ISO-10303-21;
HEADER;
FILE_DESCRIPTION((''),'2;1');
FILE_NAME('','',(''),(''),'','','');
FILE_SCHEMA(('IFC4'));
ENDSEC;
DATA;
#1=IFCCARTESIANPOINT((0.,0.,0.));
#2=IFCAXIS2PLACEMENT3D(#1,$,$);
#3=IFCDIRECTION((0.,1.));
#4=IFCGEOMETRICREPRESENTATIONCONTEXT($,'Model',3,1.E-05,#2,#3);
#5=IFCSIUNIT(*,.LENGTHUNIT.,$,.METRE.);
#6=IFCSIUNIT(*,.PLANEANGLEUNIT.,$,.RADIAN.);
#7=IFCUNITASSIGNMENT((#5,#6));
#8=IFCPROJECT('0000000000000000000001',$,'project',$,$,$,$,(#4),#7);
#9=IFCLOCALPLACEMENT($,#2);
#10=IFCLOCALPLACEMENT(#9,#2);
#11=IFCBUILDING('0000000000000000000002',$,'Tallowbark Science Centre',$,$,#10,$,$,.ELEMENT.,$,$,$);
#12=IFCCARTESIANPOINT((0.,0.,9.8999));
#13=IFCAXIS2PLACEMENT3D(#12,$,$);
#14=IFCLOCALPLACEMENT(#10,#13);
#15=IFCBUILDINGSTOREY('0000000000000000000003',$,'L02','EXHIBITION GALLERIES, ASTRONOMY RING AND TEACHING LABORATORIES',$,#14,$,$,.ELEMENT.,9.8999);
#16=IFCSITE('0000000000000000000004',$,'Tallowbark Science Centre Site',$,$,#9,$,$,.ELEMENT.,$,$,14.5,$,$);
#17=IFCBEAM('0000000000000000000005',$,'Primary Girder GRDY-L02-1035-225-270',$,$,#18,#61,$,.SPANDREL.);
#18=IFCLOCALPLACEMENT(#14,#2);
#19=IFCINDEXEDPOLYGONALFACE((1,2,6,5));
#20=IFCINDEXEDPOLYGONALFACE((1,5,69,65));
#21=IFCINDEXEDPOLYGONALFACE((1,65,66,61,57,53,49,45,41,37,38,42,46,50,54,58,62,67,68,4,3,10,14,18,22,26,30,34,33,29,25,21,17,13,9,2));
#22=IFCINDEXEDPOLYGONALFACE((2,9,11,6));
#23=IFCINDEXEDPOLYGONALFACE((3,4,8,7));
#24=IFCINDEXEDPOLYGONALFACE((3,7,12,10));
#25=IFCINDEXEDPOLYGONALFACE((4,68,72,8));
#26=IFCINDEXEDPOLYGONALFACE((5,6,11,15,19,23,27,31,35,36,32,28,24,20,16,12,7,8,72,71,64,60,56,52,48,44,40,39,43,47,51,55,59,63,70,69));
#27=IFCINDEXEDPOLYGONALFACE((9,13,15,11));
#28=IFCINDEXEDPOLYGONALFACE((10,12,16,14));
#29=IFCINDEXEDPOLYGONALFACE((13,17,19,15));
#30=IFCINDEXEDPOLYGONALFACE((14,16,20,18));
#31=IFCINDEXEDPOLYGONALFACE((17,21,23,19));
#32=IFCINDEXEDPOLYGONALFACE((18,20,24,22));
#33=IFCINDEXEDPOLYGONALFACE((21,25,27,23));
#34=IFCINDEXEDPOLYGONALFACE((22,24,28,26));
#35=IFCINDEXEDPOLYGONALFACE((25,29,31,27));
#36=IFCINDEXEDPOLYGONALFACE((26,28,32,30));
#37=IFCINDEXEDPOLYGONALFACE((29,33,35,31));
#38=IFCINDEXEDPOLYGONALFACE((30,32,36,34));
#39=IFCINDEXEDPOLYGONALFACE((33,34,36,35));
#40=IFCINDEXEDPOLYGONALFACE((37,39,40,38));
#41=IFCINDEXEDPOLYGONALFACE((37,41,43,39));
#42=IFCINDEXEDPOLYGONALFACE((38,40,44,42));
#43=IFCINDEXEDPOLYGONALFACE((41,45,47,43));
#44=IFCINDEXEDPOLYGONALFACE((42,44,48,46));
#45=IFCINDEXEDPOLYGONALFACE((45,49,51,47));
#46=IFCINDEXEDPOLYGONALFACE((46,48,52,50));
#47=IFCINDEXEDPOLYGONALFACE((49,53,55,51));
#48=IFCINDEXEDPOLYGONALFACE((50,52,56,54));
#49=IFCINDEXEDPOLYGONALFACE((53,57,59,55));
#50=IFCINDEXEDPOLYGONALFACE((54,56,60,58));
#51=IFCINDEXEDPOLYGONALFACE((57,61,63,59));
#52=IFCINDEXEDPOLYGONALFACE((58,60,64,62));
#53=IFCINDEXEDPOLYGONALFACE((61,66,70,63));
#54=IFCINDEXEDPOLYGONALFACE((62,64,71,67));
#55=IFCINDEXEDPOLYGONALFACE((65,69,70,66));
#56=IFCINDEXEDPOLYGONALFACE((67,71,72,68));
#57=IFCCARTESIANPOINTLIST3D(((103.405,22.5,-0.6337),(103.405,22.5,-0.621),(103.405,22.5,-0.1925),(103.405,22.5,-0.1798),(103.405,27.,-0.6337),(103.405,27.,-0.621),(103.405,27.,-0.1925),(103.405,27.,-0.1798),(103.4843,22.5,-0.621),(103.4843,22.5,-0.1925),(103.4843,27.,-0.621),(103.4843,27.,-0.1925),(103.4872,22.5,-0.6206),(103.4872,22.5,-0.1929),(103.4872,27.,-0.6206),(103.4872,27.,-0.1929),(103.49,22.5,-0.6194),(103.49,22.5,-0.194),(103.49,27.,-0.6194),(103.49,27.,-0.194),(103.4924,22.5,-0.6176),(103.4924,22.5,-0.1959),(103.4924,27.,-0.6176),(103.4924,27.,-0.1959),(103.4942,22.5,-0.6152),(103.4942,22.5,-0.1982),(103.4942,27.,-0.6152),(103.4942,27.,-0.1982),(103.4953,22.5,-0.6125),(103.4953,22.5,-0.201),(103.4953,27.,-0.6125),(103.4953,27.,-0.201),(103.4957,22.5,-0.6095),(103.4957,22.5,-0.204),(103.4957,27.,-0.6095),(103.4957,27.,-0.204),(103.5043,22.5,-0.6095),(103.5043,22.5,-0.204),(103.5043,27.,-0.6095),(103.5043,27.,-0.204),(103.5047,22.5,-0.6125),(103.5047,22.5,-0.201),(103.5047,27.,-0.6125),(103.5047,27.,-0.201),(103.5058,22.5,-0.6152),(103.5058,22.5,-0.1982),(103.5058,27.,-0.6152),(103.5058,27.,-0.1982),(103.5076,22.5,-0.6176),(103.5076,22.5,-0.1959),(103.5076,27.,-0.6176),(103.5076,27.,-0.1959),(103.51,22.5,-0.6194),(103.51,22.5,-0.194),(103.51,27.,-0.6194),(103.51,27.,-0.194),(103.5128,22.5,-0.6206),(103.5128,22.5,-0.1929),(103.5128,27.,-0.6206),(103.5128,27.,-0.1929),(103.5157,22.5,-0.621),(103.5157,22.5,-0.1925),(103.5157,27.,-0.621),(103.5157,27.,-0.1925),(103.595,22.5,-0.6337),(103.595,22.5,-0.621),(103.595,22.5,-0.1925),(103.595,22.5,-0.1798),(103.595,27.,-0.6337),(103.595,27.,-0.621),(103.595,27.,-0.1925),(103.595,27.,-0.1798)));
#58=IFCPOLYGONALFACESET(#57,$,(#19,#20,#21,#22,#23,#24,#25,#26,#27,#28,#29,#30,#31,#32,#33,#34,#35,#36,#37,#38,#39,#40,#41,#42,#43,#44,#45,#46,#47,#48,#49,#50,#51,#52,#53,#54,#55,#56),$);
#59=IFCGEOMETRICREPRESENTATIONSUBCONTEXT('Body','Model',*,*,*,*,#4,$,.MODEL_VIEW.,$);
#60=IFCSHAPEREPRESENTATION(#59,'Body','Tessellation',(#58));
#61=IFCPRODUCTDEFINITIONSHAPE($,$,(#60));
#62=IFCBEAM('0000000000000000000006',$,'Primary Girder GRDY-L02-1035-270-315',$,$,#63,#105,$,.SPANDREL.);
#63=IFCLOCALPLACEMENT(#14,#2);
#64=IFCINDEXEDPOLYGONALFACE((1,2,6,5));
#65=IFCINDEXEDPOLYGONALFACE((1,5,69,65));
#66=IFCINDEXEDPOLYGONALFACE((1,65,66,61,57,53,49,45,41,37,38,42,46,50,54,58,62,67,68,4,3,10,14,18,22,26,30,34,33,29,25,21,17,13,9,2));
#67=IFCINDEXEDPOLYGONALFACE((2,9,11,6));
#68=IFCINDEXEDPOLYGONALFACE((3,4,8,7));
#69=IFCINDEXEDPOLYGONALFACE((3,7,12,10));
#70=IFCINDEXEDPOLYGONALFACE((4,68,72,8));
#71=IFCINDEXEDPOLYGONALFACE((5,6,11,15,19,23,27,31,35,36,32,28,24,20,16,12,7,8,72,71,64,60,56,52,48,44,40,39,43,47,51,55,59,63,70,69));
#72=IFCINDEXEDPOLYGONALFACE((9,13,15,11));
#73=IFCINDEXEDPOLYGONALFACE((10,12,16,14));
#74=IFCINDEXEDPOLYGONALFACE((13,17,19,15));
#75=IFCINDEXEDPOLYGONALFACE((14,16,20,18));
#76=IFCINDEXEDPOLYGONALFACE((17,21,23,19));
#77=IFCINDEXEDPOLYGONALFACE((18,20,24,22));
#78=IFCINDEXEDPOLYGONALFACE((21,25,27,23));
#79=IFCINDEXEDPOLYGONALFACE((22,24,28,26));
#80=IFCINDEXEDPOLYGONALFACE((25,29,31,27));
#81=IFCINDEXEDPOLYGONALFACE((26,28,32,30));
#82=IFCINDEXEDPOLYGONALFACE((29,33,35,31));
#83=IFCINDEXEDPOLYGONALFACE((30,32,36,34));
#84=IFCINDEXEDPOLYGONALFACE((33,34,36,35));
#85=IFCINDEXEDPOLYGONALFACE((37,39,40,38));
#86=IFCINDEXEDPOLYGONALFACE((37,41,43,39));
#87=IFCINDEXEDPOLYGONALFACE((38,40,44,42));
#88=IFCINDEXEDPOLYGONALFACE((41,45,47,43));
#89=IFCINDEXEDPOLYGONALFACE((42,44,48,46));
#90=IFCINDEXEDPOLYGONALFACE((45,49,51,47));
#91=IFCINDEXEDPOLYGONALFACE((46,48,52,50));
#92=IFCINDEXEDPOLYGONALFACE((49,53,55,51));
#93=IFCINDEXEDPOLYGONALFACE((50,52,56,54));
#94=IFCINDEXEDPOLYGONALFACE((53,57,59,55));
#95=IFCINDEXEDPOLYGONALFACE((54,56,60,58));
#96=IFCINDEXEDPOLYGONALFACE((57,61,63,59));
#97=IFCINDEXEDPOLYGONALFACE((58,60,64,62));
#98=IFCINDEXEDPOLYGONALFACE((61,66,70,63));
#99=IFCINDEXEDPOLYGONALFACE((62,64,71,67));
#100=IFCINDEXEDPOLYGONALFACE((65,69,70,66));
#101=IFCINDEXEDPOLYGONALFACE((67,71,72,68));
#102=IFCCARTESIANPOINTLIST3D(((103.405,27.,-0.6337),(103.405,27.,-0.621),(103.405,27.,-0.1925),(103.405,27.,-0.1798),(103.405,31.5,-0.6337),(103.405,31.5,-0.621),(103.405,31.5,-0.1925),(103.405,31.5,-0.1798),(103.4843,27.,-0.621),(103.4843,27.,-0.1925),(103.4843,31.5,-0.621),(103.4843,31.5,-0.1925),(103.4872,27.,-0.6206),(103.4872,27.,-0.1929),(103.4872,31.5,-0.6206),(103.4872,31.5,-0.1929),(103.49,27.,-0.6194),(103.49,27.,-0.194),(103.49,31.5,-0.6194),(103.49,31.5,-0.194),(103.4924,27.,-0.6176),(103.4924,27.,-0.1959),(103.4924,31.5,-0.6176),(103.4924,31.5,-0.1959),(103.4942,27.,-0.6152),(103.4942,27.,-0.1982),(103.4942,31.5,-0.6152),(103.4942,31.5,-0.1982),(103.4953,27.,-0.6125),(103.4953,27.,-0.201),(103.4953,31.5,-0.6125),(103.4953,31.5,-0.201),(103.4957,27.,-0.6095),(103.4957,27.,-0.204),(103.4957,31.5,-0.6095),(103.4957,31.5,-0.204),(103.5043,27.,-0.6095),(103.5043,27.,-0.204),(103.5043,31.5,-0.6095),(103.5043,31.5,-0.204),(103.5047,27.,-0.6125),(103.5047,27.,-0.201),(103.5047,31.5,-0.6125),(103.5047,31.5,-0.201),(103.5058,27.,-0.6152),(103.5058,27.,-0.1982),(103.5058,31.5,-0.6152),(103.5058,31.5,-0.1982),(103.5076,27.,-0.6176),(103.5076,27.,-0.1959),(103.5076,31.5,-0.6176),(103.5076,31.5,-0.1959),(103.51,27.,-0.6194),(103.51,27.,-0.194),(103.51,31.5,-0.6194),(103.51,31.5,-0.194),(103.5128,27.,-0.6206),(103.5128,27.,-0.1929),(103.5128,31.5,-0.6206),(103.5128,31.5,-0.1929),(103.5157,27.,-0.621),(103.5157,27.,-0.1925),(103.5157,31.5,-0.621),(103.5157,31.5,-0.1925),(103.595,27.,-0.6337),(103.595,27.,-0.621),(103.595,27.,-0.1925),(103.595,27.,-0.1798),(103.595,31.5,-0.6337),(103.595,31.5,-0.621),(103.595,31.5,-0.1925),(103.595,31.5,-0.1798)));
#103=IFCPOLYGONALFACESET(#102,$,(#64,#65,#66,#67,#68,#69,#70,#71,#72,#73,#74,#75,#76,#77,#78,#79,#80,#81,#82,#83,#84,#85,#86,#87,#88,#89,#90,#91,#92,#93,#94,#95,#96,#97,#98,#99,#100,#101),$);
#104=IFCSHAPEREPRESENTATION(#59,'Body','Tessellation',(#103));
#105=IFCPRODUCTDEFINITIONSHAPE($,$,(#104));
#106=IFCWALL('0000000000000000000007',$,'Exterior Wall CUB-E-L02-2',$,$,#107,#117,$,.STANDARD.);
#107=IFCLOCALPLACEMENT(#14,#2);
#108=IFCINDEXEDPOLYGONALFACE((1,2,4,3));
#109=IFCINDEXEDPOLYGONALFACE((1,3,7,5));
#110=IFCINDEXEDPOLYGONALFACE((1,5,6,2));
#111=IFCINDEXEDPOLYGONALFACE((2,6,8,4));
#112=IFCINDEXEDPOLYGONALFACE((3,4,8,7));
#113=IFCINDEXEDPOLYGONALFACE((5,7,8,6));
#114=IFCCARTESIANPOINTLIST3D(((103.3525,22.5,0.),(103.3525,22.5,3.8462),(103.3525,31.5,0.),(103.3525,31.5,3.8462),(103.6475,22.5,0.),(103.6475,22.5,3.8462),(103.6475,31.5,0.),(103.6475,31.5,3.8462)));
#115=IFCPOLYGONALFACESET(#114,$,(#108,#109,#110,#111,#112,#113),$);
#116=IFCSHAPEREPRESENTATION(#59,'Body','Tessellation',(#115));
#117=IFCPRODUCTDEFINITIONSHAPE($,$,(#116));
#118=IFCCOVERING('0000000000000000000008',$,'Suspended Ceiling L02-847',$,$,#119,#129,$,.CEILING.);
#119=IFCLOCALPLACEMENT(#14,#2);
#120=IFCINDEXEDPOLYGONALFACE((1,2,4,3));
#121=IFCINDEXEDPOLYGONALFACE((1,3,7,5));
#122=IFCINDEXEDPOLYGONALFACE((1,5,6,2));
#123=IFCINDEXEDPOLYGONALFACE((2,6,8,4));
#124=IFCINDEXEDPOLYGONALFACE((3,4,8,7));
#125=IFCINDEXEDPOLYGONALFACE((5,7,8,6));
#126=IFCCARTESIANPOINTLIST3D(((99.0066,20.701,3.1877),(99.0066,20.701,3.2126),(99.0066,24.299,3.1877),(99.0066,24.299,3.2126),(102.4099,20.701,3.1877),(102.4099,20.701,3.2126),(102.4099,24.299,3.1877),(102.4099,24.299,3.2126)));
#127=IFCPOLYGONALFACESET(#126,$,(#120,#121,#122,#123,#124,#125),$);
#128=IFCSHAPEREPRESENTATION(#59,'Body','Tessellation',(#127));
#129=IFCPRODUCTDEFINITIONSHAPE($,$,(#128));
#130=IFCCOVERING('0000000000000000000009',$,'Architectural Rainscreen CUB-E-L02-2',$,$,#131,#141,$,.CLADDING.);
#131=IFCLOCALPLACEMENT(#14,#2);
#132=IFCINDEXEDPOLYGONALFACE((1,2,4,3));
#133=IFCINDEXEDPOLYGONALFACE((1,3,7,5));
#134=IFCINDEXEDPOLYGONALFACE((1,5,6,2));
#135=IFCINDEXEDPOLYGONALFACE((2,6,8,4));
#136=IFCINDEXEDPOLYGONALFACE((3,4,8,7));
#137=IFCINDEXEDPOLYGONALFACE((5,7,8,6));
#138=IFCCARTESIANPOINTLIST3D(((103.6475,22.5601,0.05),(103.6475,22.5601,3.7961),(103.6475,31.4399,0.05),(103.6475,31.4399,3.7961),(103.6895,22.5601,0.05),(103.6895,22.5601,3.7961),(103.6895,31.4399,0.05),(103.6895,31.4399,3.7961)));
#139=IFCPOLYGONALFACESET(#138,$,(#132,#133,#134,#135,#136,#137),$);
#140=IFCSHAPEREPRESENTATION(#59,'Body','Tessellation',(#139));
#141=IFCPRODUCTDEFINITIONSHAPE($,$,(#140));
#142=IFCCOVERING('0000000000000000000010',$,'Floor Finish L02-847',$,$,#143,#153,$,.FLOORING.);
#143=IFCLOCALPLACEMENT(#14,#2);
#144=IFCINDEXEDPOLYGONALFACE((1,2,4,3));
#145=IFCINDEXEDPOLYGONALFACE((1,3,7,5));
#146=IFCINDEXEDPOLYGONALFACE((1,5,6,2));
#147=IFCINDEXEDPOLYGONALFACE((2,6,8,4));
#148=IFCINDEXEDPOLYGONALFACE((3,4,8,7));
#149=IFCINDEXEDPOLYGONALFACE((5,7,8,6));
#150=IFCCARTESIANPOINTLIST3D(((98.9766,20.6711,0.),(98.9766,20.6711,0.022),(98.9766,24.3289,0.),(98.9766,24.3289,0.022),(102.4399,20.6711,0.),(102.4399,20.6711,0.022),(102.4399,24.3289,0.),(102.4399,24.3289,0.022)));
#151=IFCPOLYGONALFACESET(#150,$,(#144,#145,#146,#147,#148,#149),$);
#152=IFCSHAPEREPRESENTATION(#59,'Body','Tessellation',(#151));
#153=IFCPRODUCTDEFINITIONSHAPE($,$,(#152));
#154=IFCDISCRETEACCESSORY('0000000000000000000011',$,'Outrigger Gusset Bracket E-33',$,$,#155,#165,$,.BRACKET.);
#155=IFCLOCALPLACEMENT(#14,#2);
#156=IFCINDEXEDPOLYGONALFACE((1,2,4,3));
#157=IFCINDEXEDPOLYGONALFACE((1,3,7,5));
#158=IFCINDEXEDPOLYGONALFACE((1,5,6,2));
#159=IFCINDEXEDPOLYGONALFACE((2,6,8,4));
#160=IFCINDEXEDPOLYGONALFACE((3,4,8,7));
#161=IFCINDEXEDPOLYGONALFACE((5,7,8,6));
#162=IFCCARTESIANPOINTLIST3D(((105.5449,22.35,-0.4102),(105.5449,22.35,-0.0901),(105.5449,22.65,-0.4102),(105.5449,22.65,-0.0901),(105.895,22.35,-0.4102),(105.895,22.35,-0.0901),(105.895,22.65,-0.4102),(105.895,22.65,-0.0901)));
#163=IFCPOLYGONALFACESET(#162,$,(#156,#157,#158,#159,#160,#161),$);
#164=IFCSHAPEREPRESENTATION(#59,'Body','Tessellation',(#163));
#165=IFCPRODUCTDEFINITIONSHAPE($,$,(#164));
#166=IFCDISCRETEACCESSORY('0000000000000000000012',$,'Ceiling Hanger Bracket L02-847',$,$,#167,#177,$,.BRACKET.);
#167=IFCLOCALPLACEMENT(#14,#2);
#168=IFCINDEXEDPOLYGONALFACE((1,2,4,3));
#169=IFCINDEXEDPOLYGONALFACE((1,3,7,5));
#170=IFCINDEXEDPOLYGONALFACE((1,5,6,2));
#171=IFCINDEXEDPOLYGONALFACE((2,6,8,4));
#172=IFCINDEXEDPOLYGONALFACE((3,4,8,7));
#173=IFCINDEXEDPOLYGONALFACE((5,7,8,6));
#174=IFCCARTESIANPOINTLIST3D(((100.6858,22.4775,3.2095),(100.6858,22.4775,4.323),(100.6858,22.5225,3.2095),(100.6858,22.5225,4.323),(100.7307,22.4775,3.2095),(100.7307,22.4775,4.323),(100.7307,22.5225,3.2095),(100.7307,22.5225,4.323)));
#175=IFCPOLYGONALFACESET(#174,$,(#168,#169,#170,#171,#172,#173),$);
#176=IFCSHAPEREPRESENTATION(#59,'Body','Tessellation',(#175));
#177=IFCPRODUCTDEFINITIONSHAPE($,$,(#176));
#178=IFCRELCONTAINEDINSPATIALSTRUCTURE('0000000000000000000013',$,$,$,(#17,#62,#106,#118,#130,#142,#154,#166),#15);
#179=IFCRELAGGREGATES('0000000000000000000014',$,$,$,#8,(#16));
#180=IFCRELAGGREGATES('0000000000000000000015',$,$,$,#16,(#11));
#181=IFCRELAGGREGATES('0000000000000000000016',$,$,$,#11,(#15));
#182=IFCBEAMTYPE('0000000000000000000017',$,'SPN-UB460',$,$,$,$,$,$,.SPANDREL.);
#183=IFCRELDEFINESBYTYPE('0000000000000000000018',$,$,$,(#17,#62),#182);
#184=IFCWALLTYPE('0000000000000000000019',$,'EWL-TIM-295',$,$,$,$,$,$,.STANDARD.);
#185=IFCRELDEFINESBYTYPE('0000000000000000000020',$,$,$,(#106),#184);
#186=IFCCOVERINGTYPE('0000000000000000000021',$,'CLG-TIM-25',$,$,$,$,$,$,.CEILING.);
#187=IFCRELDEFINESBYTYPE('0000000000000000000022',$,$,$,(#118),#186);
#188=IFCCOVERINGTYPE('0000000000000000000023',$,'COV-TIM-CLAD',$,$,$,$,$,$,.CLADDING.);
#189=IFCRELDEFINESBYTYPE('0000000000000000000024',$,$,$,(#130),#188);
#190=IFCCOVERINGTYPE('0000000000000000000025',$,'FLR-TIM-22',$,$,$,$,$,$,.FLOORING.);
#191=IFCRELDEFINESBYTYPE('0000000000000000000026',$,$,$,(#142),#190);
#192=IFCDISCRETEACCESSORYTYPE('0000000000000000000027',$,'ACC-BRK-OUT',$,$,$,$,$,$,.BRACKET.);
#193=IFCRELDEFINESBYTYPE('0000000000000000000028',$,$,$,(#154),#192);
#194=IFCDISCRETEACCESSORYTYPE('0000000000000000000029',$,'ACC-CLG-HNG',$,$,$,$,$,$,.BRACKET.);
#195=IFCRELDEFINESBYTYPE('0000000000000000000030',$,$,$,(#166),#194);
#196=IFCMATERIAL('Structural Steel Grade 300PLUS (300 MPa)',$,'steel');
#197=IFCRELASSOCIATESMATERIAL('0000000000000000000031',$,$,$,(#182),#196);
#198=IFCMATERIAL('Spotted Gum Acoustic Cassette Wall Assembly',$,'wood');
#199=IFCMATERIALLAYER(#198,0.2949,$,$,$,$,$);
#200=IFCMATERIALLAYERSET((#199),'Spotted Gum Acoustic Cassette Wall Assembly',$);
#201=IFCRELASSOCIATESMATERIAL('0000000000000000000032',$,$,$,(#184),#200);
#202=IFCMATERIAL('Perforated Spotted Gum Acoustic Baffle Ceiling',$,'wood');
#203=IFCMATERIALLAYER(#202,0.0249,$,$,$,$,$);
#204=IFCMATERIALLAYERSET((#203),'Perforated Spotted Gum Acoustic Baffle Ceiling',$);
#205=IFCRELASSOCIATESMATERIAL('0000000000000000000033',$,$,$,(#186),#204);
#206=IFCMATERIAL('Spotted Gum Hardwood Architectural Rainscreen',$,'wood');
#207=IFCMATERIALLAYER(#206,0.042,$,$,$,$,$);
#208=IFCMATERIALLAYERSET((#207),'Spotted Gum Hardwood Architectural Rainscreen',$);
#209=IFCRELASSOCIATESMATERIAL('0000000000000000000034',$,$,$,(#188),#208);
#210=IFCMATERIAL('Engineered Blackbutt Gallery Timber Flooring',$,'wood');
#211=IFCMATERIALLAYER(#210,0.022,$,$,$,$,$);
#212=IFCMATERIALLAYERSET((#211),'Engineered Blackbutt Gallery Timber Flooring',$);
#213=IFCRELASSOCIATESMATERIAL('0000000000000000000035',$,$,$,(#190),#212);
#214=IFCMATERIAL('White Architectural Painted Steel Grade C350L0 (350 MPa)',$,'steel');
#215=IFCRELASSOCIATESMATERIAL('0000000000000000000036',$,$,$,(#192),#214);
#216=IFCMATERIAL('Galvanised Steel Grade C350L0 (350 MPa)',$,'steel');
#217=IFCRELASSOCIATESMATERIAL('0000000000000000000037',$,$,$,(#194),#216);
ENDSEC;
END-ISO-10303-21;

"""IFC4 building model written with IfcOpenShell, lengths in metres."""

from ifc_helpers import new_model, si_unit, direction, frame, frame_2d, origin, origin_2d, place, context, subcontext, project, spatial, rectangle, i_section, extrude, material, layer, layer_set, material_profile, profile_set, type_object, element, save


model = new_model("IFC4")

# Units and contexts
model_context = context("Model", 3, precision=1e-05, world=origin(), true_north=direction((0.0, 1.0)))
body_context = subcontext(model_context, "Body", "Model", "MODEL_VIEW")
ifc_project = project(units=[si_unit("LENGTHUNIT", "METRE"), si_unit("PLANEANGLEUNIT", "RADIAN")], contexts=[model_context])

# Site, building, storey
site_placement = place(None, origin())
site = spatial("IfcSite", under=ifc_project, at=site_placement, Name="Tallowbark Science Centre Site", CompositionType="ELEMENT", RefElevation=14.5)
building_placement = place(site_placement, origin())
building = spatial("IfcBuilding", under=site, at=building_placement, Name="Tallowbark Science Centre", CompositionType="ELEMENT")
storey_placement = place(building_placement, frame((0.0, 0.0, 9.8999)))
storey = spatial("IfcBuildingStorey", under=building, at=storey_placement, Name="L02", Description="EXHIBITION GALLERIES, ASTRONOMY RING AND TEACHING LABORATORIES", CompositionType="ELEMENT", Elevation=9.8999)

# Shared definitions
ifc_material_1 = material(Name="White Architectural Painted Steel Grade C350L0 (350 MPa)", Category="steel")
ifc_material_2 = material(Name="Structural Steel Grade 300PLUS (300 MPa)", Category="steel")

# Beams
ifc_material_profile_1 = material_profile(ifc_material_2, i_section(OverallWidth=0.1899, OverallDepth=0.4539, WebThickness=0.0085, FlangeThickness=0.0127, FilletRadius=0.0115, at=origin_2d()), Name="460UB67.1")
ifc_profile_set_1 = profile_set([ifc_material_profile_1], Name="Structural Steel Grade 300PLUS (300 MPa)")
beam_type_1 = type_object("IfcBeamType", Name="SPN-UB460", PredefinedType="SPANDREL", material=ifc_profile_set_1)
for number, where, z_axis, x_axis, name in (
    (1, (103.5, 22.5, -0.4067), (0.0, 1.0, 0.0), (-1.0, 0.0, 0.0), "Primary Girder GRDY-L02-1035-225-270"),
    (2, (103.5, 27.0, -0.4067), (0.0, 1.0, 0.0), (-1.0, 0.0, 0.0), "Primary Girder GRDY-L02-1035-270-315"),
):
    element("IfcBeam", number, at=place(storey_placement, frame(where, z_axis=z_axis, x_axis=x_axis)), inside=storey, type_object=beam_type_1, Name=name, PredefinedType="SPANDREL", context=body_context, shape_type="SweptSolid", body=[
        extrude(i_section(OverallWidth=0.1899, OverallDepth=0.4539, WebThickness=0.0085, FlangeThickness=0.0127, FilletRadius=0.0115, at=origin_2d()), origin(), (0.0, 0.0, 1.0), 4.5),
    ])

# Wall
ifc_material_3 = material(Name="Spotted Gum Acoustic Cassette Wall Assembly", Category="wood")
ifc_layer_1 = layer(ifc_material_3, 0.2949)
ifc_layer_set_1 = layer_set([ifc_layer_1], Name="Spotted Gum Acoustic Cassette Wall Assembly")
wall_type = type_object("IfcWallType", Name="EWL-TIM-295", PredefinedType="STANDARD", material=ifc_layer_set_1)
wall_placement = place(storey_placement, frame((103.5, 22.5, 0.0), z_axis=(0.0, 0.0, 1.0), x_axis=(0.0, 1.0, 0.0)))
element("IfcWall", 3, at=wall_placement, inside=storey, type_object=wall_type, Name="Exterior Wall CUB-E-L02-2", PredefinedType="STANDARD", context=body_context, shape_type="SweptSolid", body=[
    extrude(rectangle(XDim=9.0, YDim=0.2949, at=frame_2d((4.5, 0.0))), origin(), (0.0, 0.0, 1.0), 3.8462),
])

# Coverings
ifc_material_4 = material(Name="Perforated Spotted Gum Acoustic Baffle Ceiling", Category="wood")
ifc_layer_2 = layer(ifc_material_4, 0.0249)
ifc_layer_set_2 = layer_set([ifc_layer_2], Name="Perforated Spotted Gum Acoustic Baffle Ceiling")
covering_type_1 = type_object("IfcCoveringType", Name="CLG-TIM-25", PredefinedType="CEILING", material=ifc_layer_set_2)
covering_1_placement = place(storey_placement, frame((100.7083, 22.5, 3.1877), z_axis=(0.0, 0.0, 1.0), x_axis=(1.0, 0.0, 0.0)))
element("IfcCovering", 4, at=covering_1_placement, inside=storey, type_object=covering_type_1, Name="Suspended Ceiling L02-847", PredefinedType="CEILING", context=body_context, shape_type="SweptSolid", body=[
    extrude(rectangle(XDim=3.4033, YDim=3.5979, at=origin_2d()), origin(), (0.0, 0.0, 1.0), 0.0249),
])
ifc_material_5 = material(Name="Spotted Gum Hardwood Architectural Rainscreen", Category="wood")
ifc_layer_3 = layer(ifc_material_5, 0.042)
ifc_layer_set_3 = layer_set([ifc_layer_3], Name="Spotted Gum Hardwood Architectural Rainscreen")
covering_type_2 = type_object("IfcCoveringType", Name="COV-TIM-CLAD", PredefinedType="CLADDING", material=ifc_layer_set_3)
covering_2_placement = place(storey_placement, frame((103.6685, 27.0, 0.05), z_axis=(0.0, 0.0, 1.0), x_axis=(0.0, 1.0, 0.0)))
element("IfcCovering", 5, at=covering_2_placement, inside=storey, type_object=covering_type_2, Name="Architectural Rainscreen CUB-E-L02-2", PredefinedType="CLADDING", context=body_context, shape_type="SweptSolid", body=[
    extrude(rectangle(XDim=8.8799, YDim=0.042, at=origin_2d()), origin(), (0.0, 0.0, 1.0), 3.7461),
])
ifc_material_6 = material(Name="Engineered Blackbutt Gallery Timber Flooring", Category="wood")
ifc_layer_4 = layer(ifc_material_6, 0.022)
ifc_layer_set_4 = layer_set([ifc_layer_4], Name="Engineered Blackbutt Gallery Timber Flooring")
covering_type_3 = type_object("IfcCoveringType", Name="FLR-TIM-22", PredefinedType="FLOORING", material=ifc_layer_set_4)
covering_3_placement = place(storey_placement, frame((100.7083, 22.5, 0.0), z_axis=(0.0, 0.0, 1.0), x_axis=(1.0, 0.0, 0.0)))
element("IfcCovering", 6, at=covering_3_placement, inside=storey, type_object=covering_type_3, Name="Floor Finish L02-847", PredefinedType="FLOORING", context=body_context, shape_type="SweptSolid", body=[
    extrude(rectangle(XDim=3.4634, YDim=3.6577, at=origin_2d()), origin(), (0.0, 0.0, 1.0), 0.022),
])

# Discrete accessories
discrete_accessory_type_1 = type_object("IfcDiscreteAccessoryType", Name="ACC-BRK-OUT", PredefinedType="BRACKET", material=ifc_material_1)
discrete_accessory_1_placement = place(storey_placement, frame((105.72, 22.5, -0.4102), z_axis=(0.0, 0.0, 1.0), x_axis=(1.0, 0.0, 0.0)))
element("IfcDiscreteAccessory", 7, at=discrete_accessory_1_placement, inside=storey, type_object=discrete_accessory_type_1, Name="Outrigger Gusset Bracket E-33", PredefinedType="BRACKET", context=body_context, shape_type="SweptSolid", body=[
    extrude(rectangle(XDim=0.3501, YDim=0.3, at=origin_2d()), origin(), (0.0, 0.0, 1.0), 0.3201),
])
ifc_material_7 = material(Name="Galvanised Steel Grade C350L0 (350 MPa)", Category="steel")
discrete_accessory_type_2 = type_object("IfcDiscreteAccessoryType", Name="ACC-CLG-HNG", PredefinedType="BRACKET", material=ifc_material_7)
discrete_accessory_2_placement = place(storey_placement, frame((100.7083, 22.5, 3.2095), z_axis=(0.0, 0.0, 1.0), x_axis=(1.0, 0.0, 0.0)))
element("IfcDiscreteAccessory", 8, at=discrete_accessory_2_placement, inside=storey, type_object=discrete_accessory_type_2, Name="Ceiling Hanger Bracket L02-847", PredefinedType="BRACKET", context=body_context, shape_type="SweptSolid", body=[
    extrude(rectangle(XDim=0.0449, YDim=0.0449, at=origin_2d()), origin(), (0.0, 0.0, 1.0), 1.1135),
])

save(model, "model.ifc")
